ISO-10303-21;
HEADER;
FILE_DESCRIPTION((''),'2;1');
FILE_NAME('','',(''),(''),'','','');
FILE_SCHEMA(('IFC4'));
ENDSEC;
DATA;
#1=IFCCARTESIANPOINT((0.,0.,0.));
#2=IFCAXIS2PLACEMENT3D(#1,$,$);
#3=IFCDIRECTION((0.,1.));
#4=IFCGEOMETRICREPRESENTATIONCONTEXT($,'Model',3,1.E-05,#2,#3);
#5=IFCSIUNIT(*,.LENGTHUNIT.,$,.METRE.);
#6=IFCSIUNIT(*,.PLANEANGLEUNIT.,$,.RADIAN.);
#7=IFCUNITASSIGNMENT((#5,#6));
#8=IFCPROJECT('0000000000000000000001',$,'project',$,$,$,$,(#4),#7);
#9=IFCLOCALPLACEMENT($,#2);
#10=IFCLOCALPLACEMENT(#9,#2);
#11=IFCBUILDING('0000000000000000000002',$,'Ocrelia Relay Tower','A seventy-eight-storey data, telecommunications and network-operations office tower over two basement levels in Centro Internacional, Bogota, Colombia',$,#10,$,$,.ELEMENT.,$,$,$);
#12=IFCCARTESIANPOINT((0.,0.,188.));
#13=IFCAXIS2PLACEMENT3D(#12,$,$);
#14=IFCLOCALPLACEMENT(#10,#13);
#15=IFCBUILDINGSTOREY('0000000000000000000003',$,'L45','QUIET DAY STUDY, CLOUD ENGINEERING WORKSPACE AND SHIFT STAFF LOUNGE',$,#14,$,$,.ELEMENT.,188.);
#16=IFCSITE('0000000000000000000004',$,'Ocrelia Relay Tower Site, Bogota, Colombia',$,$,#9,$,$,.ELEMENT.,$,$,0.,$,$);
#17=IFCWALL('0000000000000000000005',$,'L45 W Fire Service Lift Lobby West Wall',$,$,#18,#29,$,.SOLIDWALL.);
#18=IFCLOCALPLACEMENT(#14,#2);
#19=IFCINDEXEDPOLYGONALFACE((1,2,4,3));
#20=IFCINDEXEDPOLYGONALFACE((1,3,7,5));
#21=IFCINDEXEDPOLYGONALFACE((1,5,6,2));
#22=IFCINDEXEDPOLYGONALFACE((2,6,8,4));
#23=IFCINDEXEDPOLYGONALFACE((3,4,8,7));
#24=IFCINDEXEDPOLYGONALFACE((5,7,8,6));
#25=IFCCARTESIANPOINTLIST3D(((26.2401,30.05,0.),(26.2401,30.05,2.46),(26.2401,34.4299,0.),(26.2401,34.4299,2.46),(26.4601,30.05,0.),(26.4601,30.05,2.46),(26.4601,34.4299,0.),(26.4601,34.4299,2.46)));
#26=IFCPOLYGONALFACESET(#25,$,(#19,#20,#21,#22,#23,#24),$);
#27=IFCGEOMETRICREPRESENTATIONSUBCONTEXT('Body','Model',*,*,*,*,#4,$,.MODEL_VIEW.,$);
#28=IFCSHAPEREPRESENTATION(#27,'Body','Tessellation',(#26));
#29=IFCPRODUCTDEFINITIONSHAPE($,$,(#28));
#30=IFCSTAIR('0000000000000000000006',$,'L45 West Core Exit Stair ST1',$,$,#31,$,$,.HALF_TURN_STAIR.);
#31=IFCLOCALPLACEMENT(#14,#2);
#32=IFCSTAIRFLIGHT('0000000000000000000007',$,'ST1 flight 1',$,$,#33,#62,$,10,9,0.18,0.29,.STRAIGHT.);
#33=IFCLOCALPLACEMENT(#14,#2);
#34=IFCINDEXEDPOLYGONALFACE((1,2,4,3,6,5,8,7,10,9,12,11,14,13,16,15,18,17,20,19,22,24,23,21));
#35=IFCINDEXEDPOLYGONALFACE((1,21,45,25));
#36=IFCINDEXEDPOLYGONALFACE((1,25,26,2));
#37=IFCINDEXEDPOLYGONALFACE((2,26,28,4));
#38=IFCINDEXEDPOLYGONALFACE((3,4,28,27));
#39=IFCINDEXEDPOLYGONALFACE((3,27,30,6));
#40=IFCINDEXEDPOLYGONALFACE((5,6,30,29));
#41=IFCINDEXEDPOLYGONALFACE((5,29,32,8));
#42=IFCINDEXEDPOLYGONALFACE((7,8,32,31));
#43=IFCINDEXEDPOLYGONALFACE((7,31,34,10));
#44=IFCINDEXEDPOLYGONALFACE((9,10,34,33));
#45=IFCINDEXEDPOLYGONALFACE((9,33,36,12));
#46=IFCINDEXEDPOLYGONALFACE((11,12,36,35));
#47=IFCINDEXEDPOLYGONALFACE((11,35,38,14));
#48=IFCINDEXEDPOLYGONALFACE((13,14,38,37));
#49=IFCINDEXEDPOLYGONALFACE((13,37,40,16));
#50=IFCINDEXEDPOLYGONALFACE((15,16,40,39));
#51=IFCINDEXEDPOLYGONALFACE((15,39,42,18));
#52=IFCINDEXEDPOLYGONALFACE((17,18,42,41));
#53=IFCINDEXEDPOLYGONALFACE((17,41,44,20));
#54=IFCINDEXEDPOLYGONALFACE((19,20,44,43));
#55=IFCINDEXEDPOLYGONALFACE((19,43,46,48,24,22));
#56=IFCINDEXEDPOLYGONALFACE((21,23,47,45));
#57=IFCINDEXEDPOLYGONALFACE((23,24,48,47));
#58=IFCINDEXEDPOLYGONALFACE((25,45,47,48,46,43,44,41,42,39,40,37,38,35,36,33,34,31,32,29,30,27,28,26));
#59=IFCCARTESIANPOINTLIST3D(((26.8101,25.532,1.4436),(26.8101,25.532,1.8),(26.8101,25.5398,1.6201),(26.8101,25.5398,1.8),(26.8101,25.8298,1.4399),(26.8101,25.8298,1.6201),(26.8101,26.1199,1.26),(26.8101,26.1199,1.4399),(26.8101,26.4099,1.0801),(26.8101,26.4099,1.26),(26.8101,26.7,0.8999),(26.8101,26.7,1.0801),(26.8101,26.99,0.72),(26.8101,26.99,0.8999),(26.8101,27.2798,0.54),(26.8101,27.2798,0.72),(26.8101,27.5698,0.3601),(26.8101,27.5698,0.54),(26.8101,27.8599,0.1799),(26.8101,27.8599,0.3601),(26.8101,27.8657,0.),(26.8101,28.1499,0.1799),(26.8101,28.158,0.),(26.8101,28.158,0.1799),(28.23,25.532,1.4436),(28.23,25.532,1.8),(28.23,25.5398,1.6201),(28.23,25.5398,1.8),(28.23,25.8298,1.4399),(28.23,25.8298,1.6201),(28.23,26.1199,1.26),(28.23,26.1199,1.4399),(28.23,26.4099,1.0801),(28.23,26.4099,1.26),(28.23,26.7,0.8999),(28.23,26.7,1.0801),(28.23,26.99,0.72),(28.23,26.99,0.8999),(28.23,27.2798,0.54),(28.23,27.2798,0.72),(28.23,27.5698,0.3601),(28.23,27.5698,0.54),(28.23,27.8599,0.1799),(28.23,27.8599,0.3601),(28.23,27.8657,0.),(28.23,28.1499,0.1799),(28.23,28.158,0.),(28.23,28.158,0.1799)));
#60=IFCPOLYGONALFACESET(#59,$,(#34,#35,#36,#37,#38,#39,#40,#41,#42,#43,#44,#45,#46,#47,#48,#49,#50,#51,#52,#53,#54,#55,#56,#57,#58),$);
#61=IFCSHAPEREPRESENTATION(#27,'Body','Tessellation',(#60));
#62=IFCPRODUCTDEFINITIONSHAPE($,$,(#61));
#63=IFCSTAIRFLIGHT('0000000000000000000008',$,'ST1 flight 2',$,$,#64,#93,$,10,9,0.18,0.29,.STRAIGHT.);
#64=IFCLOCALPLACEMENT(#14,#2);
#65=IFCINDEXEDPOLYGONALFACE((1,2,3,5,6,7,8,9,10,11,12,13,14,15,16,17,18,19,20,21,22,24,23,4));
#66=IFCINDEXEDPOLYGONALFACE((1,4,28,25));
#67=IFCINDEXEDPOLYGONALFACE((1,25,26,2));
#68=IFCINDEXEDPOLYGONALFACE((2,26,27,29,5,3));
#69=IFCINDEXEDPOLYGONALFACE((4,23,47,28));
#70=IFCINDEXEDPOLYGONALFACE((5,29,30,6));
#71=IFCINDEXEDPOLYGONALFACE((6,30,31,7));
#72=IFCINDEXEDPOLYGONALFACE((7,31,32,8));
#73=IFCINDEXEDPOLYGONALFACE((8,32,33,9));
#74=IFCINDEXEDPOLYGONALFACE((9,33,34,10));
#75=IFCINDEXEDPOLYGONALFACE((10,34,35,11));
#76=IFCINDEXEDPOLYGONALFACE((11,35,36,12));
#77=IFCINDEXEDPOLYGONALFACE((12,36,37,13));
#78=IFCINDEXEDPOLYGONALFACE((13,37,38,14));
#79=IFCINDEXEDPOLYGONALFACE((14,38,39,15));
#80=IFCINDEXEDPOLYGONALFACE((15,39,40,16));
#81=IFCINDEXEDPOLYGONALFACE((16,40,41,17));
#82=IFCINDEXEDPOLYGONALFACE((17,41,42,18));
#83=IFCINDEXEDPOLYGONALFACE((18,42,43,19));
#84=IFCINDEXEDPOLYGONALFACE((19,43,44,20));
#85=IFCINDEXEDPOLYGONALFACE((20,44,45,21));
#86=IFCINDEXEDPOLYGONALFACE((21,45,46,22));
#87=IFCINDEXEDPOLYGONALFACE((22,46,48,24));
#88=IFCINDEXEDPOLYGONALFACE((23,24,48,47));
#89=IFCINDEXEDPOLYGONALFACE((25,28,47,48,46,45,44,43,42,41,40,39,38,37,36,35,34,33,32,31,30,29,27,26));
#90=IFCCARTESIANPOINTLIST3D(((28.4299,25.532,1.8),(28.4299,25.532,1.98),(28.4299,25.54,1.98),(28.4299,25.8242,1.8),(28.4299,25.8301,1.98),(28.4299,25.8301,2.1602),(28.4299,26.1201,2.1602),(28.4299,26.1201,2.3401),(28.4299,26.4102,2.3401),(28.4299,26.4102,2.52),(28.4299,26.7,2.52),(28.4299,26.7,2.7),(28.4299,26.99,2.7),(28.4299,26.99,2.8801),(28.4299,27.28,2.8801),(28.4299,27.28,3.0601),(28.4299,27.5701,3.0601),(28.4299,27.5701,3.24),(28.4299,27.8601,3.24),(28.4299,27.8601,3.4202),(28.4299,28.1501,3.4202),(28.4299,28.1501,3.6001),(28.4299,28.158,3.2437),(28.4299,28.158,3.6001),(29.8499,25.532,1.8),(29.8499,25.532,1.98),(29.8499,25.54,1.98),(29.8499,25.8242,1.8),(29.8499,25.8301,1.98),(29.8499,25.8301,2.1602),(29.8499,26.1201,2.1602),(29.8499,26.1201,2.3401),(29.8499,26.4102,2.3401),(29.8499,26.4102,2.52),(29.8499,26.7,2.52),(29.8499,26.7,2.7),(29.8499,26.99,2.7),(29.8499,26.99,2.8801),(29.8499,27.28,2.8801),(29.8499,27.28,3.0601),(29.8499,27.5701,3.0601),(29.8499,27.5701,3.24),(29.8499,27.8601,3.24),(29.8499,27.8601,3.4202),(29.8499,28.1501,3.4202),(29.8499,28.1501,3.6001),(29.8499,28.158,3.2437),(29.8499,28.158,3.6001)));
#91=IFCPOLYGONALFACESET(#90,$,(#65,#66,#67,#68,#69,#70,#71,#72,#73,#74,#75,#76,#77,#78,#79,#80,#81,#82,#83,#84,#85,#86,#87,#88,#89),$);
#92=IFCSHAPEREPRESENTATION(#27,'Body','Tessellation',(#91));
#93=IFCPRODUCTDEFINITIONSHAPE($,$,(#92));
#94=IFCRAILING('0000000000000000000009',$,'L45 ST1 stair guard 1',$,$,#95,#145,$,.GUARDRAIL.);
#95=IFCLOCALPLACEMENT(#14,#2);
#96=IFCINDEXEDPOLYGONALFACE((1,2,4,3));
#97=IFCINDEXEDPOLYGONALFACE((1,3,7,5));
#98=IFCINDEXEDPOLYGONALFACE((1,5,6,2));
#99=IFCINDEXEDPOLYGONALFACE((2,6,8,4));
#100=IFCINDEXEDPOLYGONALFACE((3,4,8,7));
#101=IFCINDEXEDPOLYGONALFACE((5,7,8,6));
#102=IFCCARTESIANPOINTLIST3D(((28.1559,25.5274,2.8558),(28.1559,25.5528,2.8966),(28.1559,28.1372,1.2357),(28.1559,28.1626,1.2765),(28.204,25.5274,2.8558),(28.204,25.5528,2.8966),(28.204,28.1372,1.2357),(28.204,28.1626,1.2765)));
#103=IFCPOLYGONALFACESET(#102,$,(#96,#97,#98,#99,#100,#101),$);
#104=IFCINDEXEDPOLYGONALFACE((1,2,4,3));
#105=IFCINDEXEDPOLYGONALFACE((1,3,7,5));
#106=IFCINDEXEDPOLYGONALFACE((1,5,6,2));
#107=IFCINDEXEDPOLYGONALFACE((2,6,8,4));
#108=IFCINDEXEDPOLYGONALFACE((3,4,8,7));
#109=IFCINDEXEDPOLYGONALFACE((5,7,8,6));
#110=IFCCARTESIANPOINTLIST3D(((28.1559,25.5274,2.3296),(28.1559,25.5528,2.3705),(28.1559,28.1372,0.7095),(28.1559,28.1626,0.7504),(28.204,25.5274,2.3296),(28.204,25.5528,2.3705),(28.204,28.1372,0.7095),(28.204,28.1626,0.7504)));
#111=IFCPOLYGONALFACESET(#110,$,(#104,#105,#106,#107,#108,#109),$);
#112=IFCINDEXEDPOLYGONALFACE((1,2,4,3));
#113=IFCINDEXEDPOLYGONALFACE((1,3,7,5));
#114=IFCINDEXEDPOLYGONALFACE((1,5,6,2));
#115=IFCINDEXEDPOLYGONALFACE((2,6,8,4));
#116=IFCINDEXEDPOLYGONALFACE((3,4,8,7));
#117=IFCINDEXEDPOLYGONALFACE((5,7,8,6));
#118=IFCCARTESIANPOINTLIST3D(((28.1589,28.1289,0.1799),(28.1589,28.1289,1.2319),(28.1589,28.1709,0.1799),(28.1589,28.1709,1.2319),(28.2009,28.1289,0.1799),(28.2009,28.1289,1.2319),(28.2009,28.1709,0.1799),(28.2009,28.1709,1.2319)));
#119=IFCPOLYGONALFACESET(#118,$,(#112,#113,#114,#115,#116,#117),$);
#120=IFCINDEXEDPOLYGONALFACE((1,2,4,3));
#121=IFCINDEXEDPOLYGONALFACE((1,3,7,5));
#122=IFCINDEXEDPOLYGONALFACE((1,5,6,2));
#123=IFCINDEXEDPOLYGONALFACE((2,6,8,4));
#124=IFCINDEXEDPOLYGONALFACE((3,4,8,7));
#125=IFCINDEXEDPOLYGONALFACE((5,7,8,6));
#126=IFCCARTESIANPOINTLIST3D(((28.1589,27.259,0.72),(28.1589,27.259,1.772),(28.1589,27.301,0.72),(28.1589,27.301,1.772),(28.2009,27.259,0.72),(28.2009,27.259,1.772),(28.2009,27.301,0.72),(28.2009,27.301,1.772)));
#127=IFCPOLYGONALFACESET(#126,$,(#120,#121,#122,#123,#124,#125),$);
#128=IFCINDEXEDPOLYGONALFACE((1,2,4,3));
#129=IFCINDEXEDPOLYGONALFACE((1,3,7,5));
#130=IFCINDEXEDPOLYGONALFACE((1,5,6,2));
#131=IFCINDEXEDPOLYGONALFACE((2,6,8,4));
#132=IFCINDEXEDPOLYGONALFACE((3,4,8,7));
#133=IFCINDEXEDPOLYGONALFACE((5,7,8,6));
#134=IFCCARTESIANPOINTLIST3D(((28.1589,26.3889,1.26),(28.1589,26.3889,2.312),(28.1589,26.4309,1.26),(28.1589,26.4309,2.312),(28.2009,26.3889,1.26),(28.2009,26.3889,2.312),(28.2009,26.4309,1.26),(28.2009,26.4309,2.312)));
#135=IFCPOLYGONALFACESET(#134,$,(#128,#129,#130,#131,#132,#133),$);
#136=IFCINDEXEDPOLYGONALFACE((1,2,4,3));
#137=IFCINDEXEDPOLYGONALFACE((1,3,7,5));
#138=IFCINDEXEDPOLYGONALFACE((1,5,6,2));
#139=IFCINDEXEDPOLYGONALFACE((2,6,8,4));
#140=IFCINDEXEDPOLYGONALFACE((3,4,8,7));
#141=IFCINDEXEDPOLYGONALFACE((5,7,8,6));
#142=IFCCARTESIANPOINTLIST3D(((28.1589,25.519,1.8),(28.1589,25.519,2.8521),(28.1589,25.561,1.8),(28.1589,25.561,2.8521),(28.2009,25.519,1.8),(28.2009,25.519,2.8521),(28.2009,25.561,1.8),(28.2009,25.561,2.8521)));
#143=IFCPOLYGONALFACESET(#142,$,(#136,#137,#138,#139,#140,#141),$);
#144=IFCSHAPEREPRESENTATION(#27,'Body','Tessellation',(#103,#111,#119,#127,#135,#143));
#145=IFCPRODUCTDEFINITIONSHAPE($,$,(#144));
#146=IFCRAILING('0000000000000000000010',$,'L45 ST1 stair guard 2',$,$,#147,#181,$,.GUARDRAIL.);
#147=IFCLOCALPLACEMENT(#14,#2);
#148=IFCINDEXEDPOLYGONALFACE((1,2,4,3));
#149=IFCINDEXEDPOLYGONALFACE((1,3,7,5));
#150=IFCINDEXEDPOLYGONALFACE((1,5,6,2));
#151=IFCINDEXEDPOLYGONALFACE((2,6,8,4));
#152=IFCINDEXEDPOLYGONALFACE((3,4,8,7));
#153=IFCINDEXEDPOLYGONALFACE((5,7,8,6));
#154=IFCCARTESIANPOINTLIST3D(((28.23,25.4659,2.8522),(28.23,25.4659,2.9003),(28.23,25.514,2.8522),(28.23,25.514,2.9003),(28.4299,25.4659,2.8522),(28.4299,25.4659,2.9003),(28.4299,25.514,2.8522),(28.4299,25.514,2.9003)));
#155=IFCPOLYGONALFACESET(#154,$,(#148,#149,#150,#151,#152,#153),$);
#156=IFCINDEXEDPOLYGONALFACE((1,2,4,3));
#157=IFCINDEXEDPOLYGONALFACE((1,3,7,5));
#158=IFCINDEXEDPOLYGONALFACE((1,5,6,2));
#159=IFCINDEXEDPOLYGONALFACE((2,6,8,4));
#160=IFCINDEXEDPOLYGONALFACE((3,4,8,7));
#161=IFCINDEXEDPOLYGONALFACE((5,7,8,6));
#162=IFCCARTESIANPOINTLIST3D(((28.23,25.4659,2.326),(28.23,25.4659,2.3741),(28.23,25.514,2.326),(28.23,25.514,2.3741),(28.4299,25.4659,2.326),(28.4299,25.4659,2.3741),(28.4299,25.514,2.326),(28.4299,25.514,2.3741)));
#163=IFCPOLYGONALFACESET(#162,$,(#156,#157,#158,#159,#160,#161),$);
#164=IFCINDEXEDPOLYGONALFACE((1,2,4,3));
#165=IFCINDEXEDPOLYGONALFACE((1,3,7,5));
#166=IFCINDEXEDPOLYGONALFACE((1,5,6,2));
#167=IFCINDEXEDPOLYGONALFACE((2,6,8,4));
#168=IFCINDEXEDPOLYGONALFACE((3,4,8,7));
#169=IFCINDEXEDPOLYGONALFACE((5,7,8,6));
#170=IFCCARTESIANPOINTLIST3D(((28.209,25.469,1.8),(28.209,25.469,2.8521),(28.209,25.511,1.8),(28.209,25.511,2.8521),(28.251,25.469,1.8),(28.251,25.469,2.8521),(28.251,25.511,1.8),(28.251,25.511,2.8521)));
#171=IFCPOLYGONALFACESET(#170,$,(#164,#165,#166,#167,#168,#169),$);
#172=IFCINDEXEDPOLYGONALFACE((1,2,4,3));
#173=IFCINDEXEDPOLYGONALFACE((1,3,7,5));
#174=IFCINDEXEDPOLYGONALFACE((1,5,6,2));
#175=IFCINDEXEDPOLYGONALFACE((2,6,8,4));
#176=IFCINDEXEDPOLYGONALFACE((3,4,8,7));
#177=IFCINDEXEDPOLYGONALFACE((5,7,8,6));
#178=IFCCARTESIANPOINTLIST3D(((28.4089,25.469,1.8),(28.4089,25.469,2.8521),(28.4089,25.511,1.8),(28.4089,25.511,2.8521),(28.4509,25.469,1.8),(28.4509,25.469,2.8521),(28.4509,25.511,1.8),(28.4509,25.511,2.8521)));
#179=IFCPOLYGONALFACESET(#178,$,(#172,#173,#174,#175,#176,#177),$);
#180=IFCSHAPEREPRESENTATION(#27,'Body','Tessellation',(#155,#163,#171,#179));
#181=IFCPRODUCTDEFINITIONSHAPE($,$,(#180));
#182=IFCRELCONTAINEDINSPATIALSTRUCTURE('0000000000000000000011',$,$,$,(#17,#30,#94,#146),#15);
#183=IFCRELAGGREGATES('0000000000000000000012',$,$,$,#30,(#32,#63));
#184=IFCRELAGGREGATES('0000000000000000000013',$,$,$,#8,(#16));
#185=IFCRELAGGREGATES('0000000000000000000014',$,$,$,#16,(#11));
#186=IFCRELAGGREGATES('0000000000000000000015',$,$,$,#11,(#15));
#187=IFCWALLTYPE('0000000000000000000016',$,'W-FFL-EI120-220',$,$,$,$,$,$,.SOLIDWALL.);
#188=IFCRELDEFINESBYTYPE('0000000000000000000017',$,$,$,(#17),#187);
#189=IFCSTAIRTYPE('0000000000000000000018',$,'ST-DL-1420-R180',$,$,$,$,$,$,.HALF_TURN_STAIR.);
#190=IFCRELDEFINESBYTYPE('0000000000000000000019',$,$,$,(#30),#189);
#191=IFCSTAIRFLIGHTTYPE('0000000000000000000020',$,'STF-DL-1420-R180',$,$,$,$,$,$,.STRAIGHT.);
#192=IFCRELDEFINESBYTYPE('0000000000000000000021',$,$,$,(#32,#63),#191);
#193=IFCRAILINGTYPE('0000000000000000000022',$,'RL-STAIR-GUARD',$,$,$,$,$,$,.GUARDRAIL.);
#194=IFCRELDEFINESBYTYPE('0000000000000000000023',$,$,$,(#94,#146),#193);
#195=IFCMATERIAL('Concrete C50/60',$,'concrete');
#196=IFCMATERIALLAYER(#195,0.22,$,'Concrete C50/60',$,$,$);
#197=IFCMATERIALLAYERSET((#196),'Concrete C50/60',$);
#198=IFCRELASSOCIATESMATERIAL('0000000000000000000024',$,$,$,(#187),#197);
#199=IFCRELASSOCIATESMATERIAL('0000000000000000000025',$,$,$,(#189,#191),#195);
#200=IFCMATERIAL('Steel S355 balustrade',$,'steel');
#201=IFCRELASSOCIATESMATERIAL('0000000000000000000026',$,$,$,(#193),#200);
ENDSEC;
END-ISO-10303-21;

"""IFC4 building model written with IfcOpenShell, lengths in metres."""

from ifc_helpers import new_model, si_unit, direction, frame, frame_2d, origin, origin_2d, place, context, subcontext, project, spatial, polyline, rectangle, outline, extrude, material, layer, layer_set, type_object, element, aggregate, save


model = new_model("IFC4")

# Units and contexts
model_context = context("Model", 3, precision=1e-05, world=origin(), true_north=direction((0.0, 1.0)))
body_context = subcontext(model_context, "Body", "Model", "MODEL_VIEW")
ifc_project = project(units=[si_unit("LENGTHUNIT", "METRE"), si_unit("PLANEANGLEUNIT", "RADIAN")], contexts=[model_context])

# Site, building, storey
site_placement = place(None, origin())
site = spatial("IfcSite", under=ifc_project, at=site_placement, Name="Ocrelia Relay Tower Site, Bogota, Colombia", CompositionType="ELEMENT", RefElevation=0.0)
building_placement = place(site_placement, origin())
building = spatial("IfcBuilding", under=site, at=building_placement, Name="Ocrelia Relay Tower", Description="A seventy-eight-storey data, telecommunications and network-operations office tower over two basement levels in Centro Internacional, Bogota, Colombia", CompositionType="ELEMENT")
storey_placement = place(building_placement, frame((0.0, 0.0, 188.0)))
storey = spatial("IfcBuildingStorey", under=building, at=storey_placement, Name="L45", Description="QUIET DAY STUDY, CLOUD ENGINEERING WORKSPACE AND SHIFT STAFF LOUNGE", CompositionType="ELEMENT", Elevation=188.0)

# Wall
ifc_material_1 = material(Name="Concrete C50/60", Category="concrete")
ifc_layer_1 = layer(ifc_material_1, 0.22, Name="Concrete C50/60")
ifc_layer_set_1 = layer_set([ifc_layer_1], Name="Concrete C50/60")
wall_type_1 = type_object("IfcWallType", Name="W-FFL-EI120-220", PredefinedType="SOLIDWALL", material=ifc_layer_set_1)
wall_1_placement = place(storey_placement, frame((26.3501, 30.05, 0.0), z_axis=(0.0, 0.0, 1.0), x_axis=(0.0, 1.0, 0.0)))
element("IfcWall", 1, at=wall_1_placement, inside=storey, type_object=wall_type_1, Name="L45 W Fire Service Lift Lobby West Wall", PredefinedType="SOLIDWALL", context=body_context, shape_type="SweptSolid", body=[
    extrude(rectangle(XDim=4.3799, YDim=0.22, at=frame_2d((2.1899, 0.0))), origin(), (0.0, 0.0, 1.0), 2.46),
])

# Stair, stair flights
stair_type = type_object("IfcStairType", Name="ST-DL-1420-R180", PredefinedType="HALF_TURN_STAIR", material=ifc_material_1)
stair_placement = place(storey_placement, origin())
stair = element("IfcStair", 2, at=stair_placement, inside=storey, type_object=stair_type, Name="L45 West Core Exit Stair ST1", PredefinedType="HALF_TURN_STAIR")
stair_flight_type = type_object("IfcStairFlightType", Name="STF-DL-1420-R180", PredefinedType="STRAIGHT", material=ifc_material_1)
stair_flight_1_placement = place(storey_placement, frame((27.52, 28.1499, 0.0), z_axis=(0.0, 0.0, 1.0), x_axis=(0.0, -1.0, 0.0)))
stair_flight_1 = element("IfcStairFlight", 3, at=stair_flight_1_placement, type_object=stair_flight_type, Name="ST1 flight 1", NumberOfRisers=10, NumberOfTreads=9, PredefinedType="STRAIGHT", RiserHeight=0.18, TreadLength=0.29, context=body_context, shape_type="SweptSolid", body=[
    extrude(outline(polyline([(-0.0081, 0.0), (-0.0081, 0.1799), (0.0, 0.1799), (0.29, 0.1799), (0.29, 0.3601), (0.5801, 0.3601), (0.5801, 0.54), (0.8701, 0.54), (0.8701, 0.72), (1.1599, 0.72), (1.1599, 0.8999), (1.45, 0.8999), (1.45, 1.0801), (1.74, 1.0801), (1.74, 1.26), (2.03, 1.26), (2.03, 1.4399), (2.3201, 1.4399), (2.3201, 1.6201), (2.6101, 1.6201), (2.6101, 1.8), (2.6179, 1.8), (2.6179, 1.4436), (0.2842, 0.0), (-0.0081, 0.0)])), frame((0.0, 0.71, 0.0), z_axis=(0.0, -1.0, 0.0), x_axis=(1.0, 0.0, 0.0)), (0.0, 0.0, 1.0), 1.4199),
])
stair_flight_2_placement = place(storey_placement, frame((29.1399, 25.54, 1.8), z_axis=(0.0, 0.0, 1.0), x_axis=(0.0, 1.0, 0.0)))
stair_flight_2 = element("IfcStairFlight", 4, at=stair_flight_2_placement, type_object=stair_flight_type, Name="ST1 flight 2", NumberOfRisers=10, NumberOfTreads=9, PredefinedType="STRAIGHT", RiserHeight=0.18, TreadLength=0.29, context=body_context, shape_type="SweptSolid", body=[
    extrude(outline(polyline([(-0.0081, 0.0), (-0.0081, 0.1799), (0.0, 0.1799), (0.29, 0.1799), (0.29, 0.3601), (0.5801, 0.3601), (0.5801, 0.54), (0.8701, 0.54), (0.8701, 0.72), (1.1599, 0.72), (1.1599, 0.8999), (1.45, 0.8999), (1.45, 1.0801), (1.74, 1.0801), (1.74, 1.26), (2.03, 1.26), (2.03, 1.4399), (2.3201, 1.4399), (2.3201, 1.6201), (2.6101, 1.6201), (2.6101, 1.8), (2.6179, 1.8), (2.6179, 1.4436), (0.2842, 0.0), (-0.0081, 0.0)])), frame((0.0, 0.71, 0.0), z_axis=(0.0, -1.0, 0.0), x_axis=(1.0, 0.0, 0.0)), (0.0, 0.0, 1.0), 1.4199),
])
aggregate(stair, [stair_flight_1, stair_flight_2])

# Railings
ifc_material_2 = material(Name="Steel S355 balustrade", Category="steel")
railing_type_1 = type_object("IfcRailingType", Name="RL-STAIR-GUARD", PredefinedType="GUARDRAIL", material=ifc_material_2)
railing_1_placement = place(storey_placement, frame((28.1799, 28.1499, 0.1799)))
element("IfcRailing", 5, at=railing_1_placement, inside=storey, type_object=railing_type_1, Name="L45 ST1 stair guard 1", PredefinedType="GUARDRAIL", context=body_context, shape_type="SweptSolid", body=[
    extrude(rectangle(XDim=0.0481, YDim=0.0481, at=origin_2d()), frame((0.0, 0.0, 1.0762), z_axis=(0.0, -0.849611, 0.52741), x_axis=(1.0, 0.0, 0.0)), (0.0, 0.0, 1.0), 3.0718),
    extrude(rectangle(XDim=0.0481, YDim=0.0481, at=origin_2d()), frame((0.0, 0.0, 0.55), z_axis=(0.0, -0.849611, 0.52741), x_axis=(1.0, 0.0, 0.0)), (0.0, 0.0, 1.0), 3.0718),
    extrude(rectangle(XDim=0.042, YDim=0.042, at=origin_2d()), origin(), (0.0, 0.0, 1.0), 1.052),
    extrude(rectangle(XDim=0.042, YDim=0.042, at=origin_2d()), frame((0.0, -0.8699, 0.54)), (0.0, 0.0, 1.0), 1.052),
    extrude(rectangle(XDim=0.042, YDim=0.042, at=origin_2d()), frame((0.0, -1.74, 1.0801)), (0.0, 0.0, 1.0), 1.052),
    extrude(rectangle(XDim=0.042, YDim=0.042, at=origin_2d()), frame((0.0, -2.6099, 1.6201)), (0.0, 0.0, 1.0), 1.052),
])
railing_2_placement = place(storey_placement, frame((28.23, 25.49, 1.8)))
element("IfcRailing", 6, at=railing_2_placement, inside=storey, type_object=railing_type_1, Name="L45 ST1 stair guard 2", PredefinedType="GUARDRAIL", context=body_context, shape_type="SweptSolid", body=[
    extrude(rectangle(XDim=0.0481, YDim=0.0481, at=origin_2d()), frame((0.0, 0.0, 1.0762), z_axis=(1.0, 0.0, 0.0), x_axis=(0.0, 1.0, 0.0)), (0.0, 0.0, 1.0), 0.2),
    extrude(rectangle(XDim=0.0481, YDim=0.0481, at=origin_2d()), frame((0.0, 0.0, 0.55), z_axis=(1.0, 0.0, 0.0), x_axis=(0.0, 1.0, 0.0)), (0.0, 0.0, 1.0), 0.2),
    extrude(rectangle(XDim=0.042, YDim=0.042, at=origin_2d()), origin(), (0.0, 0.0, 1.0), 1.052),
    extrude(rectangle(XDim=0.042, YDim=0.042, at=origin_2d()), frame((0.2, 0.0, 0.0)), (0.0, 0.0, 1.0), 1.052),
])

save(model, "model.ifc")
